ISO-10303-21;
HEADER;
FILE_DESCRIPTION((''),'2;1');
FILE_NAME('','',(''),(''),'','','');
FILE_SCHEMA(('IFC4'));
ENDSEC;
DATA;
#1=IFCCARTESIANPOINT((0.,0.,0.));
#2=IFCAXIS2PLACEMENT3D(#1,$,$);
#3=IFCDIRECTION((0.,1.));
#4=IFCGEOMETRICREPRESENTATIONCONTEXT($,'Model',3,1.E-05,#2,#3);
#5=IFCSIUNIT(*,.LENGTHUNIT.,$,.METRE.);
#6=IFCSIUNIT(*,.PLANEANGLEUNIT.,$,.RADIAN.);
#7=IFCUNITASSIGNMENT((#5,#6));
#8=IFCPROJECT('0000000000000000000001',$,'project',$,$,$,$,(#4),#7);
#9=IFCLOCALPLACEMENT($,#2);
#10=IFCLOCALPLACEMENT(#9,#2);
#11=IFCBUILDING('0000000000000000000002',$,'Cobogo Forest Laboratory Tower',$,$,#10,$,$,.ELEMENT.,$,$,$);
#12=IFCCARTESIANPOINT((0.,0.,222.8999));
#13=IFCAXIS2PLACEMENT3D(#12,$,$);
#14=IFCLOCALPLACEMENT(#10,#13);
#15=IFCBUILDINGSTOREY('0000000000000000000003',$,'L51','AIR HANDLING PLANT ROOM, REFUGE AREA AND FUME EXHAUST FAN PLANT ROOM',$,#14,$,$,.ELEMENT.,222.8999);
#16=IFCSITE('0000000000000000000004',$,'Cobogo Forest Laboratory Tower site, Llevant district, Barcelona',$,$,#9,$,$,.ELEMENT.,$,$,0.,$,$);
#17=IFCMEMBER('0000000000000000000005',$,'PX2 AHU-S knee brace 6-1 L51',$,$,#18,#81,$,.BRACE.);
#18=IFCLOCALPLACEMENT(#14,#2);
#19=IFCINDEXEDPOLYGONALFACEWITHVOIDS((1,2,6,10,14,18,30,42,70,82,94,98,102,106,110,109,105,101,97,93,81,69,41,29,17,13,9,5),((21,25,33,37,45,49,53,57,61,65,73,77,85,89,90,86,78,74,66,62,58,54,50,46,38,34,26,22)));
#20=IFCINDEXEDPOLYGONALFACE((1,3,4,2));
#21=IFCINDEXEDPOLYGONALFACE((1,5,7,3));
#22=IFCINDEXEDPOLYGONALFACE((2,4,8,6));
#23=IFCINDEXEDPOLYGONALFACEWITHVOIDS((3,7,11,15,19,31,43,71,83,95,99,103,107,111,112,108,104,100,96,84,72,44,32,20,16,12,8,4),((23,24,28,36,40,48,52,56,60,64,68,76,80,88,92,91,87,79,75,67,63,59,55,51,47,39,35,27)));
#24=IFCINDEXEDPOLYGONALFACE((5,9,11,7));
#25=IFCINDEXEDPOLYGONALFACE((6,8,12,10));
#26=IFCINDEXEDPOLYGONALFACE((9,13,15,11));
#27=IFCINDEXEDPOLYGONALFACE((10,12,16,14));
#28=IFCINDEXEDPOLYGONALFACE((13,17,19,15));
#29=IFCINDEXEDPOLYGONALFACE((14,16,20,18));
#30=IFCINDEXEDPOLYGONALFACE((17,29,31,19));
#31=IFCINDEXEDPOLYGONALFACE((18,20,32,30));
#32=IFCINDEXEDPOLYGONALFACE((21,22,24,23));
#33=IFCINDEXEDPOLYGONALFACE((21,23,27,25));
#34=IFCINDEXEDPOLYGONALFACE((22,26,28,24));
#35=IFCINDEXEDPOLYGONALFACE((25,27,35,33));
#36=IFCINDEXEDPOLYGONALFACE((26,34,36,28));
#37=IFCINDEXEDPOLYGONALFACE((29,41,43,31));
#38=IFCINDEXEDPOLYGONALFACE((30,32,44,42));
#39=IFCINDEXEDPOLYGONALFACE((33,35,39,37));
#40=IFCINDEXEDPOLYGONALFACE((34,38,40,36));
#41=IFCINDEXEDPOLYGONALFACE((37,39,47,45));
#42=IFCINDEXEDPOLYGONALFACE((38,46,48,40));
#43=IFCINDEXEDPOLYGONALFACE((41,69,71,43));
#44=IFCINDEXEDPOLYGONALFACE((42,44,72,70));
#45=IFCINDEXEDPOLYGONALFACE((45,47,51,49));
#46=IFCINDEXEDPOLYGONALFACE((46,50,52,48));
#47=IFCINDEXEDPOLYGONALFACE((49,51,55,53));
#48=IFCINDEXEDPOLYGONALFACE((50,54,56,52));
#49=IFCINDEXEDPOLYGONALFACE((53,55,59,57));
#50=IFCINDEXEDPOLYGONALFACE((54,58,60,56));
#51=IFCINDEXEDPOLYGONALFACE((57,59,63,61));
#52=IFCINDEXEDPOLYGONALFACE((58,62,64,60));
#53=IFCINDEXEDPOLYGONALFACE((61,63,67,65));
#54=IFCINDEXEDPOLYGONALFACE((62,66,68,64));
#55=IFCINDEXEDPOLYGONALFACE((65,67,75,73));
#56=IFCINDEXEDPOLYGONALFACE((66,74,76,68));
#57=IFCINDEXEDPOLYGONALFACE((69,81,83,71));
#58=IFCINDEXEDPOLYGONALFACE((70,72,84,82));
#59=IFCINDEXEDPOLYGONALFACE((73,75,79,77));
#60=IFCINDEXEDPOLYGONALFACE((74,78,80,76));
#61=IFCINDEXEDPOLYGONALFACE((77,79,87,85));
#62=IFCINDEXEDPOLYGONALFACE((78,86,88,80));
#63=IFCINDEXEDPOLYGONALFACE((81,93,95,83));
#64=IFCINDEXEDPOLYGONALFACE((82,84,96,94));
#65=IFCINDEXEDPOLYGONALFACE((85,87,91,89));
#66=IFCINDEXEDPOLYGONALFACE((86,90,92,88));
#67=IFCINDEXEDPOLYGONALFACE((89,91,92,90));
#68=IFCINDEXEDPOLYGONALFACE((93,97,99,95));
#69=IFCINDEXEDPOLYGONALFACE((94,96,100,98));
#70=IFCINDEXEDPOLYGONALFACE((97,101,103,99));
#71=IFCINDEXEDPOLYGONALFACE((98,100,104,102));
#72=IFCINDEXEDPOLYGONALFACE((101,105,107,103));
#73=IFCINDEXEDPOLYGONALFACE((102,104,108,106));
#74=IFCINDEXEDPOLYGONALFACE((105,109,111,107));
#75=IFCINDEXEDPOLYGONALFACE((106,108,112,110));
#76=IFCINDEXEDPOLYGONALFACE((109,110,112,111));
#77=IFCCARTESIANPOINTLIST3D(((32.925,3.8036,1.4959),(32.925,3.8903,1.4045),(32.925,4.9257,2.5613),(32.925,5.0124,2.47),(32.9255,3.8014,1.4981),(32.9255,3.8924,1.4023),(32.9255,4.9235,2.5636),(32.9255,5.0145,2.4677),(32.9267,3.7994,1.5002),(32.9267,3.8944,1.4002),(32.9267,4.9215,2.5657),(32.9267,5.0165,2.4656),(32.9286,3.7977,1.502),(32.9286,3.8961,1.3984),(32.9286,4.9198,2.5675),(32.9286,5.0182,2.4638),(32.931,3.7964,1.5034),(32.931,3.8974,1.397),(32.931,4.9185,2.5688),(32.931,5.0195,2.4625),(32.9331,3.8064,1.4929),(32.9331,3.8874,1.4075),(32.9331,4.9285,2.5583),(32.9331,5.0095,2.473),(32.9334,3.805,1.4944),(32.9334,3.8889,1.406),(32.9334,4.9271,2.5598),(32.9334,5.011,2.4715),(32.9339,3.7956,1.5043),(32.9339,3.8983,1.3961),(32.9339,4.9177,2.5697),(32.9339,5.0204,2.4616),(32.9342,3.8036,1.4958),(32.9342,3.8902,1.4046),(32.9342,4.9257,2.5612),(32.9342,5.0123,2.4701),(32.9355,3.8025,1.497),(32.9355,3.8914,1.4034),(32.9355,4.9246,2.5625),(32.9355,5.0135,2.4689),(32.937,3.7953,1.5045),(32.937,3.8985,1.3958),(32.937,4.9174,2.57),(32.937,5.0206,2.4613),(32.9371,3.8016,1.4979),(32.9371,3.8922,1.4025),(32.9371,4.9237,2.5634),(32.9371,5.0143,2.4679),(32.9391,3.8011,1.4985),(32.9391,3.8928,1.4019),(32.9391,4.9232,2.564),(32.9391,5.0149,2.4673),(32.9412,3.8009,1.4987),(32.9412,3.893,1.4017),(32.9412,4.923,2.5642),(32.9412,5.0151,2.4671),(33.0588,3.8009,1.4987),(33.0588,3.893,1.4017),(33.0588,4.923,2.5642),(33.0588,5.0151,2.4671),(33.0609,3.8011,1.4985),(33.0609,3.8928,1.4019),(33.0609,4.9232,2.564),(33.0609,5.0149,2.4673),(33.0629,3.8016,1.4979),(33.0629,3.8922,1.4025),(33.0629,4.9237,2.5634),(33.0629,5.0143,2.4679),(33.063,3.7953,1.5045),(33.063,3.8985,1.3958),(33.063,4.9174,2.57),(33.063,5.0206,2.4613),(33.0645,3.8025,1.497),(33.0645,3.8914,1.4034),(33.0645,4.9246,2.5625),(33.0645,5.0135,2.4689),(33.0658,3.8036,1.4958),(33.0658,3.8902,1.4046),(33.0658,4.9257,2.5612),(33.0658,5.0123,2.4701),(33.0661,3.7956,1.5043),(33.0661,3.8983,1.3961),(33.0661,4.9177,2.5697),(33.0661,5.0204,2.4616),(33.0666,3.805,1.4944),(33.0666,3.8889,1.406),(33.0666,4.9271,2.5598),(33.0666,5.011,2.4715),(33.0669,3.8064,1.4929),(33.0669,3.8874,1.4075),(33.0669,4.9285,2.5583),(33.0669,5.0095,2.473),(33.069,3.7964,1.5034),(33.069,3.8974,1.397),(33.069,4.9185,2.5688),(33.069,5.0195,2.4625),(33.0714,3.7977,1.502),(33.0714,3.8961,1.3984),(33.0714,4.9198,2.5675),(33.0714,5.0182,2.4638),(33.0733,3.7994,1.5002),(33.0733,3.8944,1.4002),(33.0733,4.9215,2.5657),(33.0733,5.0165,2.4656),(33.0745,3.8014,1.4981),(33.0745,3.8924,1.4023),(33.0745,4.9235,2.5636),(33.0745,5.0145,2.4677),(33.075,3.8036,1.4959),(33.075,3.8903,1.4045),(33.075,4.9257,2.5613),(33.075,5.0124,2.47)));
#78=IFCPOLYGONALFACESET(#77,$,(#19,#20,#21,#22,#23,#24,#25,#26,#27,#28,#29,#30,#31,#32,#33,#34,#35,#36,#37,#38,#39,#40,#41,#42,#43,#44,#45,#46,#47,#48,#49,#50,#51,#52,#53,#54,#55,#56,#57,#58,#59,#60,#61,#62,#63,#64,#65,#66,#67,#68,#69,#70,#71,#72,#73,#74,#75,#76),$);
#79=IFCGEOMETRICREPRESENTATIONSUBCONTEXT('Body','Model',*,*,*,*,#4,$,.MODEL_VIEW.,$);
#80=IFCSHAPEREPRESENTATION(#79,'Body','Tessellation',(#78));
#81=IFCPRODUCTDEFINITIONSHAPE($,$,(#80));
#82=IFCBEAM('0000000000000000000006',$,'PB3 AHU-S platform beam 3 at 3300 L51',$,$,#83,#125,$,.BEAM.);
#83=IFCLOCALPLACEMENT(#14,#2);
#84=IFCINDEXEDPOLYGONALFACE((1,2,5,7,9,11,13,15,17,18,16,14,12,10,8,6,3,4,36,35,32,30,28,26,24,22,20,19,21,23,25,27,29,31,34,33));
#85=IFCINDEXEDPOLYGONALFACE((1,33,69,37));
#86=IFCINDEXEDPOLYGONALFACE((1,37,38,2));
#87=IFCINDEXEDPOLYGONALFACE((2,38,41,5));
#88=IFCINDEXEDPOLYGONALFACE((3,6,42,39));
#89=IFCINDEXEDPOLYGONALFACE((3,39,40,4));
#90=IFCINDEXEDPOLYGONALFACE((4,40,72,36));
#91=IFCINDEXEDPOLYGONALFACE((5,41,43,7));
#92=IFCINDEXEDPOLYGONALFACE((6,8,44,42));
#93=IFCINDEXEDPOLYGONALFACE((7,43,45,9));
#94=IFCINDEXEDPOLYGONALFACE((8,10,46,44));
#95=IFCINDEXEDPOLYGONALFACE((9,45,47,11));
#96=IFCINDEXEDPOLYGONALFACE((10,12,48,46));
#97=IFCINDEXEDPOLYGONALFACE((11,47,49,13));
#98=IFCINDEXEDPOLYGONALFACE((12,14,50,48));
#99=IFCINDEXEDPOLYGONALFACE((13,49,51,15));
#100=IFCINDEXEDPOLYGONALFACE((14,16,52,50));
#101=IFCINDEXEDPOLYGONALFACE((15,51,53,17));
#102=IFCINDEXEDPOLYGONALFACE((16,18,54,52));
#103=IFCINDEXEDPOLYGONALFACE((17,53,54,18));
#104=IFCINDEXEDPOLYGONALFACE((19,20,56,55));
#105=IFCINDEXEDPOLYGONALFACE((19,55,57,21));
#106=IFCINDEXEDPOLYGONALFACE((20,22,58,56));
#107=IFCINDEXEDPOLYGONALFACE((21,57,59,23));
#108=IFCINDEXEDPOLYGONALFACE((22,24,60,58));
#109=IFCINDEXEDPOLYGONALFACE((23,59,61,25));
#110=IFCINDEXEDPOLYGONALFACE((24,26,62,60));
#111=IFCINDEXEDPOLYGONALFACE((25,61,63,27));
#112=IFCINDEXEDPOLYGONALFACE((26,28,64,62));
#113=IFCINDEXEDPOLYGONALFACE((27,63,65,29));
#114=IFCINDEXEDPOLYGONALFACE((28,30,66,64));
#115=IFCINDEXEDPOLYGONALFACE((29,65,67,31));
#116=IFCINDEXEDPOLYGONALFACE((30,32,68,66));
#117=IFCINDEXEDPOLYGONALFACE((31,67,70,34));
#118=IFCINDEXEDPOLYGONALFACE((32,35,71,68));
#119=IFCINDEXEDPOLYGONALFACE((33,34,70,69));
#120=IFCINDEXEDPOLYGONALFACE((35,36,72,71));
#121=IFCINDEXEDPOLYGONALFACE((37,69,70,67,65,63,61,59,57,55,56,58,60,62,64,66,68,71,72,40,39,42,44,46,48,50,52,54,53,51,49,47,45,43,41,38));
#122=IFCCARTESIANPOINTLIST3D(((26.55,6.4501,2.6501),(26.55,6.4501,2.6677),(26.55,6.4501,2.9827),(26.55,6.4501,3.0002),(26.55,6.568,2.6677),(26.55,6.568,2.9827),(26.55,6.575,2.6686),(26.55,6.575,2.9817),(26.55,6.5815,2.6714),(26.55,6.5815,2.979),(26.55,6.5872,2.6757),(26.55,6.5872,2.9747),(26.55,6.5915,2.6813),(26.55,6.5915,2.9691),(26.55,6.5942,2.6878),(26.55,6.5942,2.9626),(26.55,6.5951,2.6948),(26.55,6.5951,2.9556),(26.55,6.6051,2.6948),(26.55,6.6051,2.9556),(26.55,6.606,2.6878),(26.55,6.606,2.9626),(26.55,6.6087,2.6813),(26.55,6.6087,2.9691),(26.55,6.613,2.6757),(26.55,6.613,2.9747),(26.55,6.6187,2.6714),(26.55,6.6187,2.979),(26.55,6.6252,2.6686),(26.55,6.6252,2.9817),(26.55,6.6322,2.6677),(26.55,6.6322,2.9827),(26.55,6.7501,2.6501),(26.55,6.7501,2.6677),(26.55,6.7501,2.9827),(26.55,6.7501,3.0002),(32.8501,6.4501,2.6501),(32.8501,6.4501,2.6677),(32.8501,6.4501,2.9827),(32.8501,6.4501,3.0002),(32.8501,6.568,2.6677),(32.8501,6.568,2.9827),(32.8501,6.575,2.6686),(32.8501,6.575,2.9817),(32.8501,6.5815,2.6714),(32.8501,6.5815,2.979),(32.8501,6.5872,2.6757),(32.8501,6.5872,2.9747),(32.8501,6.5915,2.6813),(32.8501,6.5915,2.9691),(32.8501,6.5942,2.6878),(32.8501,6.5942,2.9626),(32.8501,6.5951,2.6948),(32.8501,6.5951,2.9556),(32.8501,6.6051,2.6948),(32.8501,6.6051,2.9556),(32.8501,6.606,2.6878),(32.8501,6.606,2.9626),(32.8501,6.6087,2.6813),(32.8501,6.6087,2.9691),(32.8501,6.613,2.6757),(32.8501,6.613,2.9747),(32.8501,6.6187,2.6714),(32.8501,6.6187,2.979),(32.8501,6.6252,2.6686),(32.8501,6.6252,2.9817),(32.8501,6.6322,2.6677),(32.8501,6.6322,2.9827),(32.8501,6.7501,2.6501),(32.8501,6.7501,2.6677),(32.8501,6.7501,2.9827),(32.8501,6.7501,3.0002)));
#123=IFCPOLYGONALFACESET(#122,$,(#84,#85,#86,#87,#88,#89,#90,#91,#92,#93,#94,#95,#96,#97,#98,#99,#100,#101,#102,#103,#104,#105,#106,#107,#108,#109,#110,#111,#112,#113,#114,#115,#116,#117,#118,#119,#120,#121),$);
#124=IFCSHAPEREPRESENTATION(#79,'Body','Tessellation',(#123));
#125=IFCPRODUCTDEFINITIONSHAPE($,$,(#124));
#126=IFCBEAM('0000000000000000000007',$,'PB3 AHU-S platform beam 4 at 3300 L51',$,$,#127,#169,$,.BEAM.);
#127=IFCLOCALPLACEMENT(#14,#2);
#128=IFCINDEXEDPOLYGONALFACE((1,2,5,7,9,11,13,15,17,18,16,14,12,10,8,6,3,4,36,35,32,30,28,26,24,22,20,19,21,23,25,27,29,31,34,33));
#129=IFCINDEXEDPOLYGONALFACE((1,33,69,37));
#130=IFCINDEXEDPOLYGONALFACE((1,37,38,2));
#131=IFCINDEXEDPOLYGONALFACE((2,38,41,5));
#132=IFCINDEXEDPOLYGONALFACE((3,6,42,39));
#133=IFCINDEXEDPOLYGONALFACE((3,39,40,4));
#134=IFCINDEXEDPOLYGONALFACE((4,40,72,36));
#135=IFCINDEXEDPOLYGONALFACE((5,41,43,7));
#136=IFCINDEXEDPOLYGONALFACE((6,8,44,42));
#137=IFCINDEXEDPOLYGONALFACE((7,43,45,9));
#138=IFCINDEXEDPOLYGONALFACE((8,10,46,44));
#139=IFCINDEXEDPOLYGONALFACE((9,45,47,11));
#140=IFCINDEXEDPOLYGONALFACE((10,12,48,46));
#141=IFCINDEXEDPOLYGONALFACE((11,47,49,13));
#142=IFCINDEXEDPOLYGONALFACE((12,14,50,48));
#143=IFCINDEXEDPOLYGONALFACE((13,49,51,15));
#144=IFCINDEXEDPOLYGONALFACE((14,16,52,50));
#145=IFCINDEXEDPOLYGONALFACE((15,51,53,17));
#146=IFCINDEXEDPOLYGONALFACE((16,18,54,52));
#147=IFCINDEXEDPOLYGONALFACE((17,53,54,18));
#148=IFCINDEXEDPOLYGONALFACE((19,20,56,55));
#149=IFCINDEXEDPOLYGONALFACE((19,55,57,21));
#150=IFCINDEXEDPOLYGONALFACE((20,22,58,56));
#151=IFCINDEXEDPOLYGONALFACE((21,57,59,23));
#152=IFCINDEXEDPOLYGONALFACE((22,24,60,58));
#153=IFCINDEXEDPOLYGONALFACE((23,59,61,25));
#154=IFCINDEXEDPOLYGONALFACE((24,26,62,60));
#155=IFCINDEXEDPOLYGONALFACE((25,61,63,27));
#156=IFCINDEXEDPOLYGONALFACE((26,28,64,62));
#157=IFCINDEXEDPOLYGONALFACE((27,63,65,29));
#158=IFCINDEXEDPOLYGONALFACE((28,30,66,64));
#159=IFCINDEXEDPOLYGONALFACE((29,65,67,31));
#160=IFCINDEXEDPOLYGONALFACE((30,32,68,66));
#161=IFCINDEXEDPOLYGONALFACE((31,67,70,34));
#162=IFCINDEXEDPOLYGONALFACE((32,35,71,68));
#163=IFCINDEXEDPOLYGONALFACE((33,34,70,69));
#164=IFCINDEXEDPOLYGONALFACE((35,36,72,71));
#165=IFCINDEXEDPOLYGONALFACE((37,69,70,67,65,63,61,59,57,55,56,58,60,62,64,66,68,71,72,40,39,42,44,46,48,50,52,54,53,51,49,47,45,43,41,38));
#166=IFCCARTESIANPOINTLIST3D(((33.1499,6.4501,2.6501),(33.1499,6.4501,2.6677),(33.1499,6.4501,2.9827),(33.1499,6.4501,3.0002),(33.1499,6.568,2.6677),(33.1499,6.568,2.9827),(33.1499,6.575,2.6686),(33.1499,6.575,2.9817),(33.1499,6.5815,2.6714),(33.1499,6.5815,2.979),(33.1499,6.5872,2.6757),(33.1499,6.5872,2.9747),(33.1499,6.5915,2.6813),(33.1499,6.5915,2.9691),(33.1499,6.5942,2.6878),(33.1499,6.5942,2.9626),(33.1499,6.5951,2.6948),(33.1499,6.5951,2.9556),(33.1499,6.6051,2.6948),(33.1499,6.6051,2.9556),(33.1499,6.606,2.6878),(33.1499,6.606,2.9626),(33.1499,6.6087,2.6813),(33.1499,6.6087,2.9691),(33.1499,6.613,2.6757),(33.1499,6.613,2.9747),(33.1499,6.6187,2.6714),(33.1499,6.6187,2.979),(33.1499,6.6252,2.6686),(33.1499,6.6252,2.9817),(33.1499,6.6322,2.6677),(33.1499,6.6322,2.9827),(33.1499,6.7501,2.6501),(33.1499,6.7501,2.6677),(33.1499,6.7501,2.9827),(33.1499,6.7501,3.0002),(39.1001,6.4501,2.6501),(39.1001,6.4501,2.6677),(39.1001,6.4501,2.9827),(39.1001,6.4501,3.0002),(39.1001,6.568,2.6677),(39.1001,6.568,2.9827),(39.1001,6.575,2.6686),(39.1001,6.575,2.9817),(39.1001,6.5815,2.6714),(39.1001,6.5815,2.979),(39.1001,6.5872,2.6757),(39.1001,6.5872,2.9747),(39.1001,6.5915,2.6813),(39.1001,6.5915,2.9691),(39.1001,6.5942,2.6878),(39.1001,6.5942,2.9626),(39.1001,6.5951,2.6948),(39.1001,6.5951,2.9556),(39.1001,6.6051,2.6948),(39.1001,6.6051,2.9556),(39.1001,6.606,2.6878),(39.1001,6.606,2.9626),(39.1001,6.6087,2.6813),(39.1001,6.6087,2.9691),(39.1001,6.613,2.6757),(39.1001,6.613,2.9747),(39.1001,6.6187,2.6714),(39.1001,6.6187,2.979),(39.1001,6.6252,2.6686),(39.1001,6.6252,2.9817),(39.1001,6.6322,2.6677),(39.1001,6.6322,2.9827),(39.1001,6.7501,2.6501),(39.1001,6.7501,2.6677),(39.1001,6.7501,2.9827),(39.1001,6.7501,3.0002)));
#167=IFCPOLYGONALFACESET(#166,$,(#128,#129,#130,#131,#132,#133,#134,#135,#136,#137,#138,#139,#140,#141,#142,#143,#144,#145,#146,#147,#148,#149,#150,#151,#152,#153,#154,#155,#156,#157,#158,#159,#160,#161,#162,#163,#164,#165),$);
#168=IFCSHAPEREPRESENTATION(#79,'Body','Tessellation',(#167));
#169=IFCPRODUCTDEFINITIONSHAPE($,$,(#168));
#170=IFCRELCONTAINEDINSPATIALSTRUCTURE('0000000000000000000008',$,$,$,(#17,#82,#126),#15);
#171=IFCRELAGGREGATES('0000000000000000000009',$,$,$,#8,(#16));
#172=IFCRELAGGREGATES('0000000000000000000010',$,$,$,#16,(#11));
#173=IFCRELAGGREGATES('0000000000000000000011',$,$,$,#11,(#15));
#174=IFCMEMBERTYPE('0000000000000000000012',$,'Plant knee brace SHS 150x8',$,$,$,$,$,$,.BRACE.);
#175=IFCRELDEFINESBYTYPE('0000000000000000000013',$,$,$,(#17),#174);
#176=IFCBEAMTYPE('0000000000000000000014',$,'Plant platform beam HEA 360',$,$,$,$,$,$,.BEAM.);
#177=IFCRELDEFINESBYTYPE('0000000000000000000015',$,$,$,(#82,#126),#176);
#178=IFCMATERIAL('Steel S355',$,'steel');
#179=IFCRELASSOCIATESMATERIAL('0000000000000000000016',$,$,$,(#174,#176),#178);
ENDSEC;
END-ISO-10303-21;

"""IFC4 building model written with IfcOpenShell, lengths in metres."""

from ifc_helpers import new_model, si_unit, direction, frame, origin, origin_2d, place, context, subcontext, project, spatial, hollow_rectangle, i_section, extrude, material, material_profile, profile_set, type_object, element, save


model = new_model("IFC4")

# Units and contexts
model_context = context("Model", 3, precision=1e-05, world=origin(), true_north=direction((0.0, 1.0)))
body_context = subcontext(model_context, "Body", "Model", "MODEL_VIEW")
ifc_project = project(units=[si_unit("LENGTHUNIT", "METRE"), si_unit("PLANEANGLEUNIT", "RADIAN")], contexts=[model_context])

# Site, building, storey
site_placement = place(None, origin())
site = spatial("IfcSite", under=ifc_project, at=site_placement, Name="Cobogo Forest Laboratory Tower site, Llevant district, Barcelona", CompositionType="ELEMENT", RefElevation=0.0)
building_placement = place(site_placement, origin())
building = spatial("IfcBuilding", under=site, at=building_placement, Name="Cobogo Forest Laboratory Tower", CompositionType="ELEMENT")
storey_placement = place(building_placement, frame((0.0, 0.0, 222.8999)))
storey = spatial("IfcBuildingStorey", under=building, at=storey_placement, Name="L51", Description="AIR HANDLING PLANT ROOM, REFUGE AREA AND FUME EXHAUST FAN PLANT ROOM", CompositionType="ELEMENT", Elevation=222.8999)

# Member
ifc_material_1 = material(Name="Steel S355", Category="steel")
ifc_material_profile_1 = material_profile(ifc_material_1, hollow_rectangle(XDim=0.1499, YDim=0.1499, WallThickness=0.0081, InnerFilletRadius=0.0081, OuterFilletRadius=0.012, at=origin_2d()), Name="SHS 150x8")
ifc_profile_set_1 = profile_set([ifc_material_profile_1], Name="Steel S355")
member_type_1 = type_object("IfcMemberType", Name="Plant knee brace SHS 150x8", PredefinedType="BRACE", material=ifc_profile_set_1)
for number, where, z_axis, x_axis, name in (
    (1, (33.0, 3.8469, 1.4502), (0.0, 0.725173, 0.688567), (-1.0, 0.0, 0.0), "PX2 AHU-S knee brace 6-1 L51"),
):
    element("IfcMember", number, at=place(storey_placement, frame(where, z_axis=z_axis, x_axis=x_axis)), inside=storey, type_object=member_type_1, Name=name, PredefinedType="BRACE", context=body_context, shape_type="SweptSolid", body=[
        extrude(hollow_rectangle(XDim=0.1499, YDim=0.1499, WallThickness=0.0081, InnerFilletRadius=0.0081, OuterFilletRadius=0.012, at=origin_2d()), origin(), (0.0, 0.0, 1.0), 1.5474),
    ])

# Beams
ifc_material_profile_2 = material_profile(ifc_material_1, i_section(OverallWidth=0.3, OverallDepth=0.3501, WebThickness=0.01, FlangeThickness=0.0176, FilletRadius=0.0271, at=origin_2d()), Name="HEA 360")
ifc_profile_set_2 = profile_set([ifc_material_profile_2], Name="Steel S355")
beam_type_1 = type_object("IfcBeamType", Name="Plant platform beam HEA 360", PredefinedType="BEAM", material=ifc_profile_set_2)
beam_1_placement = place(storey_placement, frame((26.55, 6.6001, 2.8252), z_axis=(1.0, 0.0, 0.0), x_axis=(0.0, 1.0, 0.0)))
element("IfcBeam", 2, at=beam_1_placement, inside=storey, type_object=beam_type_1, Name="PB3 AHU-S platform beam 3 at 3300 L51", PredefinedType="BEAM", context=body_context, shape_type="SweptSolid", body=[
    extrude(i_section(OverallWidth=0.3, OverallDepth=0.3501, WebThickness=0.01, FlangeThickness=0.0176, FilletRadius=0.0271, at=origin_2d()), origin(), (0.0, 0.0, 1.0), 6.3),
])
beam_2_placement = place(storey_placement, frame((33.1499, 6.6001, 2.8252), z_axis=(1.0, 0.0, 0.0), x_axis=(0.0, 1.0, 0.0)))
element("IfcBeam", 3, at=beam_2_placement, inside=storey, type_object=beam_type_1, Name="PB3 AHU-S platform beam 4 at 3300 L51", PredefinedType="BEAM", context=body_context, shape_type="SweptSolid", body=[
    extrude(i_section(OverallWidth=0.3, OverallDepth=0.3501, WebThickness=0.01, FlangeThickness=0.0176, FilletRadius=0.0271, at=origin_2d()), origin(), (0.0, 0.0, 1.0), 5.9502),
])

save(model, "model.ifc")
